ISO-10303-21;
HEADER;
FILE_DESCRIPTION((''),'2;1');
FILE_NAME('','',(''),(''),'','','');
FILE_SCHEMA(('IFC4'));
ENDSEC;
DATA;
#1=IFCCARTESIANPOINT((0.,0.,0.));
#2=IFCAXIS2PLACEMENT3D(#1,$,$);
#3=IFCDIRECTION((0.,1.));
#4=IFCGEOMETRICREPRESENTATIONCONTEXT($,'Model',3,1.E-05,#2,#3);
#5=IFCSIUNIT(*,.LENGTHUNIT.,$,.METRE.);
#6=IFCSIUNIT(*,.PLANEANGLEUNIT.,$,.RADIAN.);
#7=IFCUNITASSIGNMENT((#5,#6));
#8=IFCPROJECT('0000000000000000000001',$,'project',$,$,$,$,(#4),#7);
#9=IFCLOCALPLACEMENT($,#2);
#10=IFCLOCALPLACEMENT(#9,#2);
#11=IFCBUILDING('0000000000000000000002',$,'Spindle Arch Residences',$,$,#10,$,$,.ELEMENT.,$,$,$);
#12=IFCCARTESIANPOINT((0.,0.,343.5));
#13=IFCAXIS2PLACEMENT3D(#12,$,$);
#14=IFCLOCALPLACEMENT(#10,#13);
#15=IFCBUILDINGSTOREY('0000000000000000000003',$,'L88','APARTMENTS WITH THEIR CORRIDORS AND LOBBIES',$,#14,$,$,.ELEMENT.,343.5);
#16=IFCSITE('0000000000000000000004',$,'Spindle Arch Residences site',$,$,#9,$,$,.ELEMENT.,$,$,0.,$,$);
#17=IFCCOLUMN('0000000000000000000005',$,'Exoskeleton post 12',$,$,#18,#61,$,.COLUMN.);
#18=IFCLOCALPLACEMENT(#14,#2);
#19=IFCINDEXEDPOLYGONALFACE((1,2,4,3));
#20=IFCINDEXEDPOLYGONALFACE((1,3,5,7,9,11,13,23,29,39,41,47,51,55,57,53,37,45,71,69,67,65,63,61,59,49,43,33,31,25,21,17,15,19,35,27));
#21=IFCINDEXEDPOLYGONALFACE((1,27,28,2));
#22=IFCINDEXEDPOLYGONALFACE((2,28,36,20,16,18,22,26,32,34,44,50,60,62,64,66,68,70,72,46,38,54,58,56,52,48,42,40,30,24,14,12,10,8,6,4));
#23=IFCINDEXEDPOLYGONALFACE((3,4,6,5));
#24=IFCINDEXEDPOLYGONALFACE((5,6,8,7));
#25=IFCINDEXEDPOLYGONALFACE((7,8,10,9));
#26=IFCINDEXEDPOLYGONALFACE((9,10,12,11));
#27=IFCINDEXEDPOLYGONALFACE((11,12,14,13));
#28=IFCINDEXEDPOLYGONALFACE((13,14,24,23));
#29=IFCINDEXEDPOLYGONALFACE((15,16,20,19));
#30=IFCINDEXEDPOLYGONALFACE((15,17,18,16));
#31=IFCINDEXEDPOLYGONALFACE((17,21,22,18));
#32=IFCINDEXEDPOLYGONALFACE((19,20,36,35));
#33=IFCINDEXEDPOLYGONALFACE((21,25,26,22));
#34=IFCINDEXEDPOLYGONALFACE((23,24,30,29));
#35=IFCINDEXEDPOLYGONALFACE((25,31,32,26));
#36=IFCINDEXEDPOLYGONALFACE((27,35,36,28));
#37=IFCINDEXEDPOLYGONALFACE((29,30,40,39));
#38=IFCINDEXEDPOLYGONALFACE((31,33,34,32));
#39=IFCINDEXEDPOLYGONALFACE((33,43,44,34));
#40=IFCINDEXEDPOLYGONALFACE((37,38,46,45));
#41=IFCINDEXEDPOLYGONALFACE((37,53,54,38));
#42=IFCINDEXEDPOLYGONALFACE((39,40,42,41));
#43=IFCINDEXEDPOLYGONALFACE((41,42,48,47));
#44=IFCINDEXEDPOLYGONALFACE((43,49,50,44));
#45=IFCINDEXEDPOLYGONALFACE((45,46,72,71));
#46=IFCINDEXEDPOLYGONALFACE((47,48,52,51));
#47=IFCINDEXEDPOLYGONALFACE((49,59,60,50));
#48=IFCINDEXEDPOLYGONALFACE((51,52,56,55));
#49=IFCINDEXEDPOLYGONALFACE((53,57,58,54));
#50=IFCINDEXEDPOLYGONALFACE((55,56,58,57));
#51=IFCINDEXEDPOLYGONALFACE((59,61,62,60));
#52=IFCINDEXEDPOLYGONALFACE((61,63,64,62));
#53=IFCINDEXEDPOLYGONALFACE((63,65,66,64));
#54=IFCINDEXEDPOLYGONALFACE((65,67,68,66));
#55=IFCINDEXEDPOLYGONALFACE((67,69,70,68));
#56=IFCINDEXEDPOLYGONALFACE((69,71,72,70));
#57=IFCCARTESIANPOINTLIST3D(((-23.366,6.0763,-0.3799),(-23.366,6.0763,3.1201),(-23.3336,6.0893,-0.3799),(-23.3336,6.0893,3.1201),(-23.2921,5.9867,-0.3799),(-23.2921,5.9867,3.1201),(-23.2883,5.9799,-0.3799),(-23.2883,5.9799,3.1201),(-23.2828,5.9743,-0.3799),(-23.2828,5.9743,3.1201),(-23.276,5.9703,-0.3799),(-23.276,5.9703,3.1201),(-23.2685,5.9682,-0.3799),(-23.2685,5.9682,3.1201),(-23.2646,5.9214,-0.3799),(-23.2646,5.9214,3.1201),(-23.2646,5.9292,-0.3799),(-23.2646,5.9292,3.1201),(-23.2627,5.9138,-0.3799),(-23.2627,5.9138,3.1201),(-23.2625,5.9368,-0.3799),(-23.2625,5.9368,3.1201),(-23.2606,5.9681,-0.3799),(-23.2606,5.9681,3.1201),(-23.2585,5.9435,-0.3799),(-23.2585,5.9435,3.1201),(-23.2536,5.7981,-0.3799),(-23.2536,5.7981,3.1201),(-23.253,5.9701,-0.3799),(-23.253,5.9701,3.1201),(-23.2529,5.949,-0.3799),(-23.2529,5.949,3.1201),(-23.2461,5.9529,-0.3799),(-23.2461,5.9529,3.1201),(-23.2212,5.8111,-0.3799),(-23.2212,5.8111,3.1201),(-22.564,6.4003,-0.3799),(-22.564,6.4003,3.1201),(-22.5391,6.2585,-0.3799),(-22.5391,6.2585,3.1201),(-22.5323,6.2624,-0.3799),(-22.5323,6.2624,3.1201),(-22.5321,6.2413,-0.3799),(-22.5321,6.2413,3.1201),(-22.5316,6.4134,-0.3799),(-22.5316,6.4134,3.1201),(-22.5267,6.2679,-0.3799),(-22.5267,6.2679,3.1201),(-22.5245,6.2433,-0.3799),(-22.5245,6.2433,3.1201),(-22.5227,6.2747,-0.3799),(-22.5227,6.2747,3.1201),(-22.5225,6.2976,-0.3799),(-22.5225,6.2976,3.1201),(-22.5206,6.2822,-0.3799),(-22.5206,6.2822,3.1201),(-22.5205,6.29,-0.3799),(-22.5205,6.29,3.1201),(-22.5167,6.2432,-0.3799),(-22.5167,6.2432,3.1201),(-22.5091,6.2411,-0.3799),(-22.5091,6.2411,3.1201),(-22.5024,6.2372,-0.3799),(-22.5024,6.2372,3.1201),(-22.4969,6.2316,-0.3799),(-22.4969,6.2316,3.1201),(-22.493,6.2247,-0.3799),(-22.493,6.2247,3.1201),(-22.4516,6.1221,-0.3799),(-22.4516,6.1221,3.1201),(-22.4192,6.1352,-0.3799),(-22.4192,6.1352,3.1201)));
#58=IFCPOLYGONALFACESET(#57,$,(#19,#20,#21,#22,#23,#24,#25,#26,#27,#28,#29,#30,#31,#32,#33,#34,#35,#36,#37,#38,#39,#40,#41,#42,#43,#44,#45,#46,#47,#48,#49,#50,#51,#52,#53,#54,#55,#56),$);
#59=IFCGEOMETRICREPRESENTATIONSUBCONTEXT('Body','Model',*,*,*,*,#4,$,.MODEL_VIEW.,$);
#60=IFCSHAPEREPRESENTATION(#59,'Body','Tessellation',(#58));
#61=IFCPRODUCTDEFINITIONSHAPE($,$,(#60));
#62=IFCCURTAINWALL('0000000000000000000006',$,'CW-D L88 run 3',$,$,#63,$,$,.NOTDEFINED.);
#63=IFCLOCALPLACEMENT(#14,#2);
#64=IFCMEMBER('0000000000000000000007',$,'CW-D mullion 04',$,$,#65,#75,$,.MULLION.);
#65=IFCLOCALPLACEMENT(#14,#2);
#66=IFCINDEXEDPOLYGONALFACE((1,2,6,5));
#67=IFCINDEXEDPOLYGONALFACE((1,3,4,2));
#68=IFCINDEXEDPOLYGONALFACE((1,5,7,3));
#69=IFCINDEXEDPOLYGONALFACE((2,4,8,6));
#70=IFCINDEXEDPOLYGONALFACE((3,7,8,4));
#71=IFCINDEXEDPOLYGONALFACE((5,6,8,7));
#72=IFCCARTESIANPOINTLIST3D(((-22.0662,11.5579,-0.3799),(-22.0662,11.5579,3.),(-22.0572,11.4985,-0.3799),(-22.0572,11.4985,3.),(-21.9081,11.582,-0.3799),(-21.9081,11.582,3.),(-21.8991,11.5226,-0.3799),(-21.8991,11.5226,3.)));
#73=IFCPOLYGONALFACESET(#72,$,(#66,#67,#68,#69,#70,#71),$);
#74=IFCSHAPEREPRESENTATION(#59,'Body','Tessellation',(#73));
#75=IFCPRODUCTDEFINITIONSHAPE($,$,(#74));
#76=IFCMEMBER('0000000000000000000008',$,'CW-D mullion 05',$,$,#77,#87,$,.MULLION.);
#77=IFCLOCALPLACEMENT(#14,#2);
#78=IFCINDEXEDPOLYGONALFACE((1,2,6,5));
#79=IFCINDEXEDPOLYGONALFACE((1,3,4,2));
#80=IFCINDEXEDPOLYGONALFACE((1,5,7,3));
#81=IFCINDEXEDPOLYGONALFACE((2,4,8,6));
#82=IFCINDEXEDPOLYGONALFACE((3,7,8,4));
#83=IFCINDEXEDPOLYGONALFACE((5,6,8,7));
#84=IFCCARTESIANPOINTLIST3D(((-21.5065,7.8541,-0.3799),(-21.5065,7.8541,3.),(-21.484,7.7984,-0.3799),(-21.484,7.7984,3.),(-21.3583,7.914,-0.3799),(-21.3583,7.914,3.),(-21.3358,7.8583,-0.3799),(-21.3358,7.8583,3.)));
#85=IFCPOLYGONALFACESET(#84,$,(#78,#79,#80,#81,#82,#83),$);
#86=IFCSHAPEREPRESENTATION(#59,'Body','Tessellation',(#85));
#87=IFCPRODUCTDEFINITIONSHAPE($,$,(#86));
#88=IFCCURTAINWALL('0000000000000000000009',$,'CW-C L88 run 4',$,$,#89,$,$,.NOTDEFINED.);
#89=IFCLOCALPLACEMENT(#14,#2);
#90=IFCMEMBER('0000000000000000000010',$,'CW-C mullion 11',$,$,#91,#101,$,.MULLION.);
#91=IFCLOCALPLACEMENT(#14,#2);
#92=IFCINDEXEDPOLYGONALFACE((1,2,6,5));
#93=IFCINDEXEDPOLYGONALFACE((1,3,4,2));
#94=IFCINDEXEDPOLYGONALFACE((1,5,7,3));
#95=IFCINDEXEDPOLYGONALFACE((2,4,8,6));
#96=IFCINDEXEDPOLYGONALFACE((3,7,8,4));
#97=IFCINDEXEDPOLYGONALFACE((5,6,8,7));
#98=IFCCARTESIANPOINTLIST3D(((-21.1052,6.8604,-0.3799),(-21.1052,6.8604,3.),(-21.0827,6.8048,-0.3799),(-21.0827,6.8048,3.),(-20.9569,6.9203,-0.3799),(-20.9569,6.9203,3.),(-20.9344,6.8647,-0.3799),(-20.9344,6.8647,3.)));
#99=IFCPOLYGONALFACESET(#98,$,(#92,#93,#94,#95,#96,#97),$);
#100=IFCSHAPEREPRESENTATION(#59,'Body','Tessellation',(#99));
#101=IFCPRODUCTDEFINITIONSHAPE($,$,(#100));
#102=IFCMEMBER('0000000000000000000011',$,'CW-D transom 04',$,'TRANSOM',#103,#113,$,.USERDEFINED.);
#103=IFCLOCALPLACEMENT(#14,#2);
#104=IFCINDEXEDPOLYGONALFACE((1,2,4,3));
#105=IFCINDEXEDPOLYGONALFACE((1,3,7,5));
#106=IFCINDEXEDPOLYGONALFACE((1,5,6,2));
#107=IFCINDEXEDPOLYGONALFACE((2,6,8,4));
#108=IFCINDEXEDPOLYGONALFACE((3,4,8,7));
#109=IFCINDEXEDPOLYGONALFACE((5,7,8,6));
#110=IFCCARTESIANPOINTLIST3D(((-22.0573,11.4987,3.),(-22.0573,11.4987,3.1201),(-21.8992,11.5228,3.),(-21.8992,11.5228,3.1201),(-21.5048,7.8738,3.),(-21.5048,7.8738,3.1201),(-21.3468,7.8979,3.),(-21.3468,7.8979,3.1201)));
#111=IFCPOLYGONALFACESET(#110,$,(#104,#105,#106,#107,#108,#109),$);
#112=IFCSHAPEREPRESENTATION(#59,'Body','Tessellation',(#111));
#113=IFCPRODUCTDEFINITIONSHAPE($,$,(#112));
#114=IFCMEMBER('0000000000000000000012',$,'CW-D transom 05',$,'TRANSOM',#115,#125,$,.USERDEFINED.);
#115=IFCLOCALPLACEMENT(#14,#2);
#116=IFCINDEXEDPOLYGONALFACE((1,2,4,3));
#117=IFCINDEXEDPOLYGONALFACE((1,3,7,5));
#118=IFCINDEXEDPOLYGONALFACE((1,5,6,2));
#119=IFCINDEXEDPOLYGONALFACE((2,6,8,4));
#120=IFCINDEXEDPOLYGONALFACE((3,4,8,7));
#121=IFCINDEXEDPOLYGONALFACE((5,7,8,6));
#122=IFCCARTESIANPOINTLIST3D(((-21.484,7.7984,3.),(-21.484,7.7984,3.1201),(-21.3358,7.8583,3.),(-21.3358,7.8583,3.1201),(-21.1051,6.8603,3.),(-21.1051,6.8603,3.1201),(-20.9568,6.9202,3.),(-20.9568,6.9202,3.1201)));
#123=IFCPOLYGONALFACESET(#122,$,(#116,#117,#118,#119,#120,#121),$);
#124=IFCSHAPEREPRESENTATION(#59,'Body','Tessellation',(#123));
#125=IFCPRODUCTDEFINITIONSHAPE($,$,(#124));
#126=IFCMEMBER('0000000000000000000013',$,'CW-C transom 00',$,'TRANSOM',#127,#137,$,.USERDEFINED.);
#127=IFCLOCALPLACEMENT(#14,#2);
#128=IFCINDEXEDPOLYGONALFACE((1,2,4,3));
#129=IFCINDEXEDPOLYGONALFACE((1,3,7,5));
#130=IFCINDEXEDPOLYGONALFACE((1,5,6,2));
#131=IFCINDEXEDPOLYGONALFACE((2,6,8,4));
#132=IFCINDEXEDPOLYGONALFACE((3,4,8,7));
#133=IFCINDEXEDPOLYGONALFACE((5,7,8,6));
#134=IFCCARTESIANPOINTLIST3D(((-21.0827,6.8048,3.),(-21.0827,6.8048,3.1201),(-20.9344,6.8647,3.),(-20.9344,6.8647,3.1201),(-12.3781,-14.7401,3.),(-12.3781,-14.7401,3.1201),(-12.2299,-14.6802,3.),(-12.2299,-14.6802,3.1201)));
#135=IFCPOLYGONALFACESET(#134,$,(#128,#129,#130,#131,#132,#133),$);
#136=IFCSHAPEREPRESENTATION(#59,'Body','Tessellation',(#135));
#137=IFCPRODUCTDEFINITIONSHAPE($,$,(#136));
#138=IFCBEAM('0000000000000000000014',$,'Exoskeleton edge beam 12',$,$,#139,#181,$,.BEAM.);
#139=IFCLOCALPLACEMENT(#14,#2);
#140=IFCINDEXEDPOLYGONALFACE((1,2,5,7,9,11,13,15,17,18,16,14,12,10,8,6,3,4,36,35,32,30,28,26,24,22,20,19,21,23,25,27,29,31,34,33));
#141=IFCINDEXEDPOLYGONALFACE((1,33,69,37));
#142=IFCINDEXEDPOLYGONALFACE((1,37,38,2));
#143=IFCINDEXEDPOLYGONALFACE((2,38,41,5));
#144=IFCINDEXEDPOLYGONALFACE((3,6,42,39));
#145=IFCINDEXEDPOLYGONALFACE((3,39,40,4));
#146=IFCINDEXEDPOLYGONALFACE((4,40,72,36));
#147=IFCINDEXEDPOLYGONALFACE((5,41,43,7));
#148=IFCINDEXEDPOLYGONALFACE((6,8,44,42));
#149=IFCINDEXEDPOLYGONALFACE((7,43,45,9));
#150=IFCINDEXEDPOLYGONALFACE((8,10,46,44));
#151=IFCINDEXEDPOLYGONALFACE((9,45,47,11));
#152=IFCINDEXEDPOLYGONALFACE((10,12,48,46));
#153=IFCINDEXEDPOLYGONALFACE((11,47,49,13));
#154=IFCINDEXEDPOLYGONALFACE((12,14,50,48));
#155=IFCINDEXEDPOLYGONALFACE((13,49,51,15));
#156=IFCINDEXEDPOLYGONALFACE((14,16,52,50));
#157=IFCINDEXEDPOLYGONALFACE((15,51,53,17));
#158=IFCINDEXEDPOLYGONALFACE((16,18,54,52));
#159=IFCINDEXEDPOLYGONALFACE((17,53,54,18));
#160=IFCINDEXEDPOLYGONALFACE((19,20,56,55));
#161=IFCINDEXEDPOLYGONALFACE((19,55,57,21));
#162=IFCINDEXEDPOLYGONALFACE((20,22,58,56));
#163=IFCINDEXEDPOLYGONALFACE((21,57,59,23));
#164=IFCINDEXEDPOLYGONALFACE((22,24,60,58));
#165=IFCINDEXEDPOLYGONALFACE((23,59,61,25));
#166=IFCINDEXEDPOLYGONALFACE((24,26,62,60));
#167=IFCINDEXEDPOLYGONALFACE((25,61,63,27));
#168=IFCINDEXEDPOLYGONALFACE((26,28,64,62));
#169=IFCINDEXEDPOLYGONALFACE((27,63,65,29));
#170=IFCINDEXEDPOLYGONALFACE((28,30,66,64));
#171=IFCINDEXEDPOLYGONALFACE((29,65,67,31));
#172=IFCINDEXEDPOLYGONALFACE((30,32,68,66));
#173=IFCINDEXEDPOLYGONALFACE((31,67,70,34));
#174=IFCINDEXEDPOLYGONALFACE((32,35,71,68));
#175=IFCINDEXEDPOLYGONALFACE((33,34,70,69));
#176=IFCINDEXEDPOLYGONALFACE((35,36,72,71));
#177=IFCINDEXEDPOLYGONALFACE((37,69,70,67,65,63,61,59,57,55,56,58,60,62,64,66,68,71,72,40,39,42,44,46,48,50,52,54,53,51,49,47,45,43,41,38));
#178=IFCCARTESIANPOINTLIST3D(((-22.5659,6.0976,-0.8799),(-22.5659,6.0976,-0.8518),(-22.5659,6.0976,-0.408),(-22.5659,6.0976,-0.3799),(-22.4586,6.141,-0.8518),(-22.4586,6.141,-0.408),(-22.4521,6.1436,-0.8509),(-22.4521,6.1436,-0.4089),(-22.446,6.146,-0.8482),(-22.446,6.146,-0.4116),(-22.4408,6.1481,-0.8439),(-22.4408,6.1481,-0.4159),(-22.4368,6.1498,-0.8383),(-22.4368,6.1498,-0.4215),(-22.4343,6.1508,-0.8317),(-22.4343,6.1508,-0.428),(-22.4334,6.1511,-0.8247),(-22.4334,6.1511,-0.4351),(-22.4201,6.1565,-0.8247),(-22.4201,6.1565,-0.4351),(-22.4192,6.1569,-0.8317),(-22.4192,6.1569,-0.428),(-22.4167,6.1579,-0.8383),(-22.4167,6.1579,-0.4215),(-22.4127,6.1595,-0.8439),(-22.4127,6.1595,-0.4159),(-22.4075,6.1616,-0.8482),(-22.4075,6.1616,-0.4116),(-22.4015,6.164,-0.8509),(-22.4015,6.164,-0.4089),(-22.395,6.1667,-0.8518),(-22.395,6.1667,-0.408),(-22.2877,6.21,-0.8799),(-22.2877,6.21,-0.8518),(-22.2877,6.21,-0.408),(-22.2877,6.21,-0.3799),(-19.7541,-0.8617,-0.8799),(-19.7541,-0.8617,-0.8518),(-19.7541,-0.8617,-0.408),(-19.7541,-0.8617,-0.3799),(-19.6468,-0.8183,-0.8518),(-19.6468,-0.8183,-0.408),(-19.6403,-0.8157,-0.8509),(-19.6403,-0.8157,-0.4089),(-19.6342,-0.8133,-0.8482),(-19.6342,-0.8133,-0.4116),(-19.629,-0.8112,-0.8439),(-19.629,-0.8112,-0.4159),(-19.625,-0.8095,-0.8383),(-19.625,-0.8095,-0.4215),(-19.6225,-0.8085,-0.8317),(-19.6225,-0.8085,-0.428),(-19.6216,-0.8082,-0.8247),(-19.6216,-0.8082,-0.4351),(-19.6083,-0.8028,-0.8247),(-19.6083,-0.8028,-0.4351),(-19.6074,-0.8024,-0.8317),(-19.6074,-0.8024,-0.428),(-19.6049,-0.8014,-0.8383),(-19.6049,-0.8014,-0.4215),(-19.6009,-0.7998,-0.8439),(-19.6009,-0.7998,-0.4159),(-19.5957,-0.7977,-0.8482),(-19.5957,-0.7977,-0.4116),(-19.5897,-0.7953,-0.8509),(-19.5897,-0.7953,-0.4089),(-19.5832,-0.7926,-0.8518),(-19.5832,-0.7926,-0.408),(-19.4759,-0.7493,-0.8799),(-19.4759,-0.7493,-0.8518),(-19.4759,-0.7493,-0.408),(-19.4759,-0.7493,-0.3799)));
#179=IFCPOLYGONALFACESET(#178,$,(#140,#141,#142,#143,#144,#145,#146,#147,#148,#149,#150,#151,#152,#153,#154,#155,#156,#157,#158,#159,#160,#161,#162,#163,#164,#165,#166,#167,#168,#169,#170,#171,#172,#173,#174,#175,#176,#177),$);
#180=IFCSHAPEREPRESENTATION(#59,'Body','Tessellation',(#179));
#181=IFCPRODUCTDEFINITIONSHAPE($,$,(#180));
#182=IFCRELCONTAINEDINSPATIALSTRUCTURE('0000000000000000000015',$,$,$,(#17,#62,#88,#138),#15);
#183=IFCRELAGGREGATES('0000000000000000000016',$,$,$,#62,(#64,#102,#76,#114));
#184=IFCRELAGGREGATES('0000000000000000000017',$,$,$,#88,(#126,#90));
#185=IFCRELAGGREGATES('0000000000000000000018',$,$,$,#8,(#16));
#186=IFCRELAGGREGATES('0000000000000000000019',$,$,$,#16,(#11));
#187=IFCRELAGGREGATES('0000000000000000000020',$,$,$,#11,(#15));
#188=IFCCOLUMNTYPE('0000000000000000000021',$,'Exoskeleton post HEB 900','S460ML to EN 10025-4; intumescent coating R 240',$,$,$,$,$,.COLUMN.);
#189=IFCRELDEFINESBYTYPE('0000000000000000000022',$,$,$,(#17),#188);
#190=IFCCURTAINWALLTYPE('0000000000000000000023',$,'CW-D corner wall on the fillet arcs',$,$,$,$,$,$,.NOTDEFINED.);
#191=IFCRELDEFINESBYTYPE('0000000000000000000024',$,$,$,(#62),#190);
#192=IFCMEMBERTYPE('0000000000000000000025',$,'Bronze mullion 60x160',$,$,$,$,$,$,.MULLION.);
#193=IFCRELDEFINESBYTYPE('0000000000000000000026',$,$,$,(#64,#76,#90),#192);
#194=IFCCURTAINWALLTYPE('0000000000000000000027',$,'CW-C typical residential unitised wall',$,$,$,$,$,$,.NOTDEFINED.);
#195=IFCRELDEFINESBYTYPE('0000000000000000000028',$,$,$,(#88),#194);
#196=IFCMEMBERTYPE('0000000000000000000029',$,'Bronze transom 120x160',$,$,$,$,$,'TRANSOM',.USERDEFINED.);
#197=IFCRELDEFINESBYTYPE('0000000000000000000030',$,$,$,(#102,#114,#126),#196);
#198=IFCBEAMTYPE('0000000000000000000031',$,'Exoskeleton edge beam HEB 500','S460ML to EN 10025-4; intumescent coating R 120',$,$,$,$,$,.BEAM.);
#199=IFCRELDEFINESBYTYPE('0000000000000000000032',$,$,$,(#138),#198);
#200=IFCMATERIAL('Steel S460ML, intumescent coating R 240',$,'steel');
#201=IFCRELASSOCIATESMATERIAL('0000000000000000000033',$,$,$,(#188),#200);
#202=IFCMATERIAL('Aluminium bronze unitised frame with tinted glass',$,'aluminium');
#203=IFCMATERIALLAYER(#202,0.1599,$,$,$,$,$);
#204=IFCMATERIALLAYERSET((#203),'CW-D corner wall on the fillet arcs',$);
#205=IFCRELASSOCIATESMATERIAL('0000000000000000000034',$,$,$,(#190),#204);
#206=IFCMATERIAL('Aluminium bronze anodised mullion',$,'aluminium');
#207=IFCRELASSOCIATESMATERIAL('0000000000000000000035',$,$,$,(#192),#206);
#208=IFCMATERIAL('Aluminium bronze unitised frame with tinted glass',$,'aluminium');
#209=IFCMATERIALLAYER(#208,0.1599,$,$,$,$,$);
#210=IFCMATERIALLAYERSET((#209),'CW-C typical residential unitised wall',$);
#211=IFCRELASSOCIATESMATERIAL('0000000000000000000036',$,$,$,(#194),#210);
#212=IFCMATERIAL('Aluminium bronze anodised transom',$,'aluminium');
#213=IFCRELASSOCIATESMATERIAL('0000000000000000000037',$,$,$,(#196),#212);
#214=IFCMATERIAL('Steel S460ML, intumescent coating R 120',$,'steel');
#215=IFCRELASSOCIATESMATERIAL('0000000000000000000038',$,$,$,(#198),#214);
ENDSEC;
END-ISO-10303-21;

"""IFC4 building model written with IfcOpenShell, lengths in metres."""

from ifc_helpers import new_model, si_unit, direction, frame, origin, origin_2d, place, context, subcontext, project, spatial, rectangle, i_section, extrude, material, layer, layer_set, material_profile, profile_set, type_object, element, aggregate, save


model = new_model("IFC4")

# Units and contexts
model_context = context("Model", 3, precision=1e-05, world=origin(), true_north=direction((0.0, 1.0)))
body_context = subcontext(model_context, "Body", "Model", "MODEL_VIEW")
ifc_project = project(units=[si_unit("LENGTHUNIT", "METRE"), si_unit("PLANEANGLEUNIT", "RADIAN")], contexts=[model_context])

# Site, building, storey
site_placement = place(None, origin())
site = spatial("IfcSite", under=ifc_project, at=site_placement, Name="Spindle Arch Residences site", CompositionType="ELEMENT", RefElevation=0.0)
building_placement = place(site_placement, origin())
building = spatial("IfcBuilding", under=site, at=building_placement, Name="Spindle Arch Residences", CompositionType="ELEMENT")
storey_placement = place(building_placement, frame((0.0, 0.0, 343.5)))
storey = spatial("IfcBuildingStorey", under=building, at=storey_placement, Name="L88", Description="APARTMENTS WITH THEIR CORRIDORS AND LOBBIES", CompositionType="ELEMENT", Elevation=343.5)

# Column
ifc_material_1 = material(Name="Steel S460ML, intumescent coating R 240", Category="steel")
ifc_material_profile_1 = material_profile(ifc_material_1, i_section(OverallWidth=0.3, OverallDepth=0.8999, WebThickness=0.0186, FlangeThickness=0.0349, FilletRadius=0.03, at=origin_2d()), Name="HEB 900")
ifc_profile_set_1 = profile_set([ifc_material_profile_1], Name="Steel S460ML, intumescent coating R 240")
column_type = type_object("IfcColumnType", Name="Exoskeleton post HEB 900", Description="S460ML to EN 10025-4; intumescent coating R 240", PredefinedType="COLUMN", material=ifc_profile_set_1)
column_placement = place(storey_placement, frame((-22.8926, 6.1057, -0.3799), z_axis=(0.0, 0.0, 1.0), x_axis=(-0.374607, 0.927184, 0.0)))
element("IfcColumn", 1, at=column_placement, inside=storey, type_object=column_type, Name="Exoskeleton post 12", PredefinedType="COLUMN", context=body_context, shape_type="SweptSolid", body=[
    extrude(i_section(OverallWidth=0.3, OverallDepth=0.8999, WebThickness=0.0186, FlangeThickness=0.0349, FilletRadius=0.03, at=origin_2d()), origin(), (0.0, 0.0, 1.0), 3.5),
])

# Curtain wall, members
ifc_material_2 = material(Name="Aluminium bronze unitised frame with tinted glass", Category="aluminium")
ifc_layer_1 = layer(ifc_material_2, 0.1599)
ifc_layer_set_1 = layer_set([ifc_layer_1], Name="CW-D corner wall on the fillet arcs")
curtain_wall_type_1 = type_object("IfcCurtainWallType", Name="CW-D corner wall on the fillet arcs", PredefinedType="NOTDEFINED", material=ifc_layer_set_1)
curtain_wall_1_placement = place(storey_placement, origin())
curtain_wall_1 = element("IfcCurtainWall", 2, at=curtain_wall_1_placement, inside=storey, type_object=curtain_wall_type_1, Name="CW-D L88 run 3", PredefinedType="NOTDEFINED")
ifc_material_3 = material(Name="Aluminium bronze anodised mullion", Category="aluminium")
ifc_material_profile_2 = material_profile(ifc_material_3, rectangle(XDim=0.1599, YDim=0.0601, at=origin_2d()), Name="MU 60x160")
ifc_profile_set_2 = profile_set([ifc_material_profile_2], Name="Aluminium bronze anodised mullion")
member_type_1 = type_object("IfcMemberType", Name="Bronze mullion 60x160", PredefinedType="MULLION", material=ifc_profile_set_2)
member_1_placement = place(storey_placement, frame((-21.9827, 11.5403, -0.3799), z_axis=(0.0, 0.0, 1.0), x_axis=(0.988582, 0.150686, 0.0)))
member_1 = element("IfcMember", 3, at=member_1_placement, type_object=member_type_1, Name="CW-D mullion 04", PredefinedType="MULLION", context=body_context, shape_type="SweptSolid", body=[
    extrude(rectangle(XDim=0.1599, YDim=0.0601, at=origin_2d()), origin(), (0.0, 0.0, 1.0), 3.3799),
])
member_2_placement = place(storey_placement, frame((-21.4211, 7.8562, -0.3799), z_axis=(0.0, 0.0, 1.0), x_axis=(0.927184, 0.374607, 0.0)))
member_2 = element("IfcMember", 4, at=member_2_placement, type_object=member_type_1, Name="CW-D mullion 05", PredefinedType="MULLION", context=body_context, shape_type="SweptSolid", body=[
    extrude(rectangle(XDim=0.1599, YDim=0.0601, at=origin_2d()), origin(), (0.0, 0.0, 1.0), 3.3799),
])

# Curtain wall, member
ifc_material_4 = material(Name="Aluminium bronze unitised frame with tinted glass", Category="aluminium")
ifc_layer_2 = layer(ifc_material_4, 0.1599)
ifc_layer_set_2 = layer_set([ifc_layer_2], Name="CW-C typical residential unitised wall")
curtain_wall_type_2 = type_object("IfcCurtainWallType", Name="CW-C typical residential unitised wall", PredefinedType="NOTDEFINED", material=ifc_layer_set_2)
curtain_wall_2_placement = place(storey_placement, origin())
curtain_wall_2 = element("IfcCurtainWall", 5, at=curtain_wall_2_placement, inside=storey, type_object=curtain_wall_type_2, Name="CW-C L88 run 4", PredefinedType="NOTDEFINED")
member_3_placement = place(storey_placement, frame((-21.0198, 6.8625, -0.3799), z_axis=(0.0, 0.0, 1.0), x_axis=(0.927184, 0.374607, 0.0)))
member_3 = element("IfcMember", 6, at=member_3_placement, type_object=member_type_1, Name="CW-C mullion 11", PredefinedType="MULLION", context=body_context, shape_type="SweptSolid", body=[
    extrude(rectangle(XDim=0.1599, YDim=0.0601, at=origin_2d()), origin(), (0.0, 0.0, 1.0), 3.3799),
])

# Members
ifc_material_5 = material(Name="Aluminium bronze anodised transom", Category="aluminium")
ifc_material_profile_3 = material_profile(ifc_material_5, rectangle(XDim=0.1599, YDim=0.1201, at=origin_2d()), Name="TR 120x160")
ifc_profile_set_3 = profile_set([ifc_material_profile_3], Name="Aluminium bronze anodised transom")
member_type_2 = type_object("IfcMemberType", Name="Bronze transom 120x160", ElementType="TRANSOM", PredefinedType="USERDEFINED", material=ifc_profile_set_3)
member_4_placement = place(storey_placement, frame((-21.9783, 11.5107, 3.0601), z_axis=(0.150671, -0.988584, 0.0), x_axis=(0.988584, 0.150671, 0.0)))
member_4 = element("IfcMember", 7, at=member_4_placement, type_object=member_type_2, Name="CW-D transom 04", ObjectType="TRANSOM", PredefinedType="USERDEFINED", context=body_context, shape_type="SweptSolid", body=[
    extrude(rectangle(XDim=0.1599, YDim=0.1201, at=origin_2d()), origin(), (0.0, 0.0, 1.0), 3.6667),
])
member_5_placement = place(storey_placement, frame((-21.4099, 7.8284, 3.0601), z_axis=(0.374551, -0.927206, 0.0), x_axis=(0.927206, 0.374551, 0.0)))
member_5 = element("IfcMember", 8, at=member_5_placement, type_object=member_type_2, Name="CW-D transom 05", ObjectType="TRANSOM", PredefinedType="USERDEFINED", context=body_context, shape_type="SweptSolid", body=[
    extrude(rectangle(XDim=0.1599, YDim=0.1201, at=origin_2d()), origin(), (0.0, 0.0, 1.0), 1.0117),
])
member_6_placement = place(storey_placement, frame((-21.0085, 6.8347, 3.0601), z_axis=(0.374602, -0.927186, 0.0), x_axis=(0.927186, 0.374602, 0.0)))
member_6 = element("IfcMember", 9, at=member_6_placement, type_object=member_type_2, Name="CW-C transom 00", ObjectType="TRANSOM", PredefinedType="USERDEFINED", context=body_context, shape_type="SweptSolid", body=[
    extrude(rectangle(XDim=0.1599, YDim=0.1201, at=origin_2d()), origin(), (0.0, 0.0, 1.0), 23.2368),
])

# Beam
ifc_material_6 = material(Name="Steel S460ML, intumescent coating R 120", Category="steel")
ifc_material_profile_4 = material_profile(ifc_material_6, i_section(OverallWidth=0.3, OverallDepth=0.5, WebThickness=0.0144, FlangeThickness=0.0281, FilletRadius=0.0271, at=origin_2d()), Name="HEB 500")
ifc_profile_set_4 = profile_set([ifc_material_profile_4], Name="Steel S460ML, intumescent coating R 120")
beam_type_1 = type_object("IfcBeamType", Name="Exoskeleton edge beam HEB 500", Description="S460ML to EN 10025-4; intumescent coating R 120", PredefinedType="BEAM", material=ifc_profile_set_4)
beam_1_placement = place(storey_placement, frame((-22.4268, 6.1538, -0.6299), z_axis=(0.374613, -0.927181, 0.0), x_axis=(0.927181, 0.374613, 0.0)))
element("IfcBeam", 10, at=beam_1_placement, inside=storey, type_object=beam_type_1, Name="Exoskeleton edge beam 12", PredefinedType="BEAM", context=body_context, shape_type="SweptSolid", body=[
    extrude(i_section(OverallWidth=0.3, OverallDepth=0.5, WebThickness=0.0144, FlangeThickness=0.0281, FilletRadius=0.0271, at=origin_2d()), origin(), (0.0, 0.0, 1.0), 7.5059),
])

aggregate(curtain_wall_1, [member_1, member_4, member_2, member_5])
aggregate(curtain_wall_2, [member_6, member_3])

save(model, "model.ifc")
